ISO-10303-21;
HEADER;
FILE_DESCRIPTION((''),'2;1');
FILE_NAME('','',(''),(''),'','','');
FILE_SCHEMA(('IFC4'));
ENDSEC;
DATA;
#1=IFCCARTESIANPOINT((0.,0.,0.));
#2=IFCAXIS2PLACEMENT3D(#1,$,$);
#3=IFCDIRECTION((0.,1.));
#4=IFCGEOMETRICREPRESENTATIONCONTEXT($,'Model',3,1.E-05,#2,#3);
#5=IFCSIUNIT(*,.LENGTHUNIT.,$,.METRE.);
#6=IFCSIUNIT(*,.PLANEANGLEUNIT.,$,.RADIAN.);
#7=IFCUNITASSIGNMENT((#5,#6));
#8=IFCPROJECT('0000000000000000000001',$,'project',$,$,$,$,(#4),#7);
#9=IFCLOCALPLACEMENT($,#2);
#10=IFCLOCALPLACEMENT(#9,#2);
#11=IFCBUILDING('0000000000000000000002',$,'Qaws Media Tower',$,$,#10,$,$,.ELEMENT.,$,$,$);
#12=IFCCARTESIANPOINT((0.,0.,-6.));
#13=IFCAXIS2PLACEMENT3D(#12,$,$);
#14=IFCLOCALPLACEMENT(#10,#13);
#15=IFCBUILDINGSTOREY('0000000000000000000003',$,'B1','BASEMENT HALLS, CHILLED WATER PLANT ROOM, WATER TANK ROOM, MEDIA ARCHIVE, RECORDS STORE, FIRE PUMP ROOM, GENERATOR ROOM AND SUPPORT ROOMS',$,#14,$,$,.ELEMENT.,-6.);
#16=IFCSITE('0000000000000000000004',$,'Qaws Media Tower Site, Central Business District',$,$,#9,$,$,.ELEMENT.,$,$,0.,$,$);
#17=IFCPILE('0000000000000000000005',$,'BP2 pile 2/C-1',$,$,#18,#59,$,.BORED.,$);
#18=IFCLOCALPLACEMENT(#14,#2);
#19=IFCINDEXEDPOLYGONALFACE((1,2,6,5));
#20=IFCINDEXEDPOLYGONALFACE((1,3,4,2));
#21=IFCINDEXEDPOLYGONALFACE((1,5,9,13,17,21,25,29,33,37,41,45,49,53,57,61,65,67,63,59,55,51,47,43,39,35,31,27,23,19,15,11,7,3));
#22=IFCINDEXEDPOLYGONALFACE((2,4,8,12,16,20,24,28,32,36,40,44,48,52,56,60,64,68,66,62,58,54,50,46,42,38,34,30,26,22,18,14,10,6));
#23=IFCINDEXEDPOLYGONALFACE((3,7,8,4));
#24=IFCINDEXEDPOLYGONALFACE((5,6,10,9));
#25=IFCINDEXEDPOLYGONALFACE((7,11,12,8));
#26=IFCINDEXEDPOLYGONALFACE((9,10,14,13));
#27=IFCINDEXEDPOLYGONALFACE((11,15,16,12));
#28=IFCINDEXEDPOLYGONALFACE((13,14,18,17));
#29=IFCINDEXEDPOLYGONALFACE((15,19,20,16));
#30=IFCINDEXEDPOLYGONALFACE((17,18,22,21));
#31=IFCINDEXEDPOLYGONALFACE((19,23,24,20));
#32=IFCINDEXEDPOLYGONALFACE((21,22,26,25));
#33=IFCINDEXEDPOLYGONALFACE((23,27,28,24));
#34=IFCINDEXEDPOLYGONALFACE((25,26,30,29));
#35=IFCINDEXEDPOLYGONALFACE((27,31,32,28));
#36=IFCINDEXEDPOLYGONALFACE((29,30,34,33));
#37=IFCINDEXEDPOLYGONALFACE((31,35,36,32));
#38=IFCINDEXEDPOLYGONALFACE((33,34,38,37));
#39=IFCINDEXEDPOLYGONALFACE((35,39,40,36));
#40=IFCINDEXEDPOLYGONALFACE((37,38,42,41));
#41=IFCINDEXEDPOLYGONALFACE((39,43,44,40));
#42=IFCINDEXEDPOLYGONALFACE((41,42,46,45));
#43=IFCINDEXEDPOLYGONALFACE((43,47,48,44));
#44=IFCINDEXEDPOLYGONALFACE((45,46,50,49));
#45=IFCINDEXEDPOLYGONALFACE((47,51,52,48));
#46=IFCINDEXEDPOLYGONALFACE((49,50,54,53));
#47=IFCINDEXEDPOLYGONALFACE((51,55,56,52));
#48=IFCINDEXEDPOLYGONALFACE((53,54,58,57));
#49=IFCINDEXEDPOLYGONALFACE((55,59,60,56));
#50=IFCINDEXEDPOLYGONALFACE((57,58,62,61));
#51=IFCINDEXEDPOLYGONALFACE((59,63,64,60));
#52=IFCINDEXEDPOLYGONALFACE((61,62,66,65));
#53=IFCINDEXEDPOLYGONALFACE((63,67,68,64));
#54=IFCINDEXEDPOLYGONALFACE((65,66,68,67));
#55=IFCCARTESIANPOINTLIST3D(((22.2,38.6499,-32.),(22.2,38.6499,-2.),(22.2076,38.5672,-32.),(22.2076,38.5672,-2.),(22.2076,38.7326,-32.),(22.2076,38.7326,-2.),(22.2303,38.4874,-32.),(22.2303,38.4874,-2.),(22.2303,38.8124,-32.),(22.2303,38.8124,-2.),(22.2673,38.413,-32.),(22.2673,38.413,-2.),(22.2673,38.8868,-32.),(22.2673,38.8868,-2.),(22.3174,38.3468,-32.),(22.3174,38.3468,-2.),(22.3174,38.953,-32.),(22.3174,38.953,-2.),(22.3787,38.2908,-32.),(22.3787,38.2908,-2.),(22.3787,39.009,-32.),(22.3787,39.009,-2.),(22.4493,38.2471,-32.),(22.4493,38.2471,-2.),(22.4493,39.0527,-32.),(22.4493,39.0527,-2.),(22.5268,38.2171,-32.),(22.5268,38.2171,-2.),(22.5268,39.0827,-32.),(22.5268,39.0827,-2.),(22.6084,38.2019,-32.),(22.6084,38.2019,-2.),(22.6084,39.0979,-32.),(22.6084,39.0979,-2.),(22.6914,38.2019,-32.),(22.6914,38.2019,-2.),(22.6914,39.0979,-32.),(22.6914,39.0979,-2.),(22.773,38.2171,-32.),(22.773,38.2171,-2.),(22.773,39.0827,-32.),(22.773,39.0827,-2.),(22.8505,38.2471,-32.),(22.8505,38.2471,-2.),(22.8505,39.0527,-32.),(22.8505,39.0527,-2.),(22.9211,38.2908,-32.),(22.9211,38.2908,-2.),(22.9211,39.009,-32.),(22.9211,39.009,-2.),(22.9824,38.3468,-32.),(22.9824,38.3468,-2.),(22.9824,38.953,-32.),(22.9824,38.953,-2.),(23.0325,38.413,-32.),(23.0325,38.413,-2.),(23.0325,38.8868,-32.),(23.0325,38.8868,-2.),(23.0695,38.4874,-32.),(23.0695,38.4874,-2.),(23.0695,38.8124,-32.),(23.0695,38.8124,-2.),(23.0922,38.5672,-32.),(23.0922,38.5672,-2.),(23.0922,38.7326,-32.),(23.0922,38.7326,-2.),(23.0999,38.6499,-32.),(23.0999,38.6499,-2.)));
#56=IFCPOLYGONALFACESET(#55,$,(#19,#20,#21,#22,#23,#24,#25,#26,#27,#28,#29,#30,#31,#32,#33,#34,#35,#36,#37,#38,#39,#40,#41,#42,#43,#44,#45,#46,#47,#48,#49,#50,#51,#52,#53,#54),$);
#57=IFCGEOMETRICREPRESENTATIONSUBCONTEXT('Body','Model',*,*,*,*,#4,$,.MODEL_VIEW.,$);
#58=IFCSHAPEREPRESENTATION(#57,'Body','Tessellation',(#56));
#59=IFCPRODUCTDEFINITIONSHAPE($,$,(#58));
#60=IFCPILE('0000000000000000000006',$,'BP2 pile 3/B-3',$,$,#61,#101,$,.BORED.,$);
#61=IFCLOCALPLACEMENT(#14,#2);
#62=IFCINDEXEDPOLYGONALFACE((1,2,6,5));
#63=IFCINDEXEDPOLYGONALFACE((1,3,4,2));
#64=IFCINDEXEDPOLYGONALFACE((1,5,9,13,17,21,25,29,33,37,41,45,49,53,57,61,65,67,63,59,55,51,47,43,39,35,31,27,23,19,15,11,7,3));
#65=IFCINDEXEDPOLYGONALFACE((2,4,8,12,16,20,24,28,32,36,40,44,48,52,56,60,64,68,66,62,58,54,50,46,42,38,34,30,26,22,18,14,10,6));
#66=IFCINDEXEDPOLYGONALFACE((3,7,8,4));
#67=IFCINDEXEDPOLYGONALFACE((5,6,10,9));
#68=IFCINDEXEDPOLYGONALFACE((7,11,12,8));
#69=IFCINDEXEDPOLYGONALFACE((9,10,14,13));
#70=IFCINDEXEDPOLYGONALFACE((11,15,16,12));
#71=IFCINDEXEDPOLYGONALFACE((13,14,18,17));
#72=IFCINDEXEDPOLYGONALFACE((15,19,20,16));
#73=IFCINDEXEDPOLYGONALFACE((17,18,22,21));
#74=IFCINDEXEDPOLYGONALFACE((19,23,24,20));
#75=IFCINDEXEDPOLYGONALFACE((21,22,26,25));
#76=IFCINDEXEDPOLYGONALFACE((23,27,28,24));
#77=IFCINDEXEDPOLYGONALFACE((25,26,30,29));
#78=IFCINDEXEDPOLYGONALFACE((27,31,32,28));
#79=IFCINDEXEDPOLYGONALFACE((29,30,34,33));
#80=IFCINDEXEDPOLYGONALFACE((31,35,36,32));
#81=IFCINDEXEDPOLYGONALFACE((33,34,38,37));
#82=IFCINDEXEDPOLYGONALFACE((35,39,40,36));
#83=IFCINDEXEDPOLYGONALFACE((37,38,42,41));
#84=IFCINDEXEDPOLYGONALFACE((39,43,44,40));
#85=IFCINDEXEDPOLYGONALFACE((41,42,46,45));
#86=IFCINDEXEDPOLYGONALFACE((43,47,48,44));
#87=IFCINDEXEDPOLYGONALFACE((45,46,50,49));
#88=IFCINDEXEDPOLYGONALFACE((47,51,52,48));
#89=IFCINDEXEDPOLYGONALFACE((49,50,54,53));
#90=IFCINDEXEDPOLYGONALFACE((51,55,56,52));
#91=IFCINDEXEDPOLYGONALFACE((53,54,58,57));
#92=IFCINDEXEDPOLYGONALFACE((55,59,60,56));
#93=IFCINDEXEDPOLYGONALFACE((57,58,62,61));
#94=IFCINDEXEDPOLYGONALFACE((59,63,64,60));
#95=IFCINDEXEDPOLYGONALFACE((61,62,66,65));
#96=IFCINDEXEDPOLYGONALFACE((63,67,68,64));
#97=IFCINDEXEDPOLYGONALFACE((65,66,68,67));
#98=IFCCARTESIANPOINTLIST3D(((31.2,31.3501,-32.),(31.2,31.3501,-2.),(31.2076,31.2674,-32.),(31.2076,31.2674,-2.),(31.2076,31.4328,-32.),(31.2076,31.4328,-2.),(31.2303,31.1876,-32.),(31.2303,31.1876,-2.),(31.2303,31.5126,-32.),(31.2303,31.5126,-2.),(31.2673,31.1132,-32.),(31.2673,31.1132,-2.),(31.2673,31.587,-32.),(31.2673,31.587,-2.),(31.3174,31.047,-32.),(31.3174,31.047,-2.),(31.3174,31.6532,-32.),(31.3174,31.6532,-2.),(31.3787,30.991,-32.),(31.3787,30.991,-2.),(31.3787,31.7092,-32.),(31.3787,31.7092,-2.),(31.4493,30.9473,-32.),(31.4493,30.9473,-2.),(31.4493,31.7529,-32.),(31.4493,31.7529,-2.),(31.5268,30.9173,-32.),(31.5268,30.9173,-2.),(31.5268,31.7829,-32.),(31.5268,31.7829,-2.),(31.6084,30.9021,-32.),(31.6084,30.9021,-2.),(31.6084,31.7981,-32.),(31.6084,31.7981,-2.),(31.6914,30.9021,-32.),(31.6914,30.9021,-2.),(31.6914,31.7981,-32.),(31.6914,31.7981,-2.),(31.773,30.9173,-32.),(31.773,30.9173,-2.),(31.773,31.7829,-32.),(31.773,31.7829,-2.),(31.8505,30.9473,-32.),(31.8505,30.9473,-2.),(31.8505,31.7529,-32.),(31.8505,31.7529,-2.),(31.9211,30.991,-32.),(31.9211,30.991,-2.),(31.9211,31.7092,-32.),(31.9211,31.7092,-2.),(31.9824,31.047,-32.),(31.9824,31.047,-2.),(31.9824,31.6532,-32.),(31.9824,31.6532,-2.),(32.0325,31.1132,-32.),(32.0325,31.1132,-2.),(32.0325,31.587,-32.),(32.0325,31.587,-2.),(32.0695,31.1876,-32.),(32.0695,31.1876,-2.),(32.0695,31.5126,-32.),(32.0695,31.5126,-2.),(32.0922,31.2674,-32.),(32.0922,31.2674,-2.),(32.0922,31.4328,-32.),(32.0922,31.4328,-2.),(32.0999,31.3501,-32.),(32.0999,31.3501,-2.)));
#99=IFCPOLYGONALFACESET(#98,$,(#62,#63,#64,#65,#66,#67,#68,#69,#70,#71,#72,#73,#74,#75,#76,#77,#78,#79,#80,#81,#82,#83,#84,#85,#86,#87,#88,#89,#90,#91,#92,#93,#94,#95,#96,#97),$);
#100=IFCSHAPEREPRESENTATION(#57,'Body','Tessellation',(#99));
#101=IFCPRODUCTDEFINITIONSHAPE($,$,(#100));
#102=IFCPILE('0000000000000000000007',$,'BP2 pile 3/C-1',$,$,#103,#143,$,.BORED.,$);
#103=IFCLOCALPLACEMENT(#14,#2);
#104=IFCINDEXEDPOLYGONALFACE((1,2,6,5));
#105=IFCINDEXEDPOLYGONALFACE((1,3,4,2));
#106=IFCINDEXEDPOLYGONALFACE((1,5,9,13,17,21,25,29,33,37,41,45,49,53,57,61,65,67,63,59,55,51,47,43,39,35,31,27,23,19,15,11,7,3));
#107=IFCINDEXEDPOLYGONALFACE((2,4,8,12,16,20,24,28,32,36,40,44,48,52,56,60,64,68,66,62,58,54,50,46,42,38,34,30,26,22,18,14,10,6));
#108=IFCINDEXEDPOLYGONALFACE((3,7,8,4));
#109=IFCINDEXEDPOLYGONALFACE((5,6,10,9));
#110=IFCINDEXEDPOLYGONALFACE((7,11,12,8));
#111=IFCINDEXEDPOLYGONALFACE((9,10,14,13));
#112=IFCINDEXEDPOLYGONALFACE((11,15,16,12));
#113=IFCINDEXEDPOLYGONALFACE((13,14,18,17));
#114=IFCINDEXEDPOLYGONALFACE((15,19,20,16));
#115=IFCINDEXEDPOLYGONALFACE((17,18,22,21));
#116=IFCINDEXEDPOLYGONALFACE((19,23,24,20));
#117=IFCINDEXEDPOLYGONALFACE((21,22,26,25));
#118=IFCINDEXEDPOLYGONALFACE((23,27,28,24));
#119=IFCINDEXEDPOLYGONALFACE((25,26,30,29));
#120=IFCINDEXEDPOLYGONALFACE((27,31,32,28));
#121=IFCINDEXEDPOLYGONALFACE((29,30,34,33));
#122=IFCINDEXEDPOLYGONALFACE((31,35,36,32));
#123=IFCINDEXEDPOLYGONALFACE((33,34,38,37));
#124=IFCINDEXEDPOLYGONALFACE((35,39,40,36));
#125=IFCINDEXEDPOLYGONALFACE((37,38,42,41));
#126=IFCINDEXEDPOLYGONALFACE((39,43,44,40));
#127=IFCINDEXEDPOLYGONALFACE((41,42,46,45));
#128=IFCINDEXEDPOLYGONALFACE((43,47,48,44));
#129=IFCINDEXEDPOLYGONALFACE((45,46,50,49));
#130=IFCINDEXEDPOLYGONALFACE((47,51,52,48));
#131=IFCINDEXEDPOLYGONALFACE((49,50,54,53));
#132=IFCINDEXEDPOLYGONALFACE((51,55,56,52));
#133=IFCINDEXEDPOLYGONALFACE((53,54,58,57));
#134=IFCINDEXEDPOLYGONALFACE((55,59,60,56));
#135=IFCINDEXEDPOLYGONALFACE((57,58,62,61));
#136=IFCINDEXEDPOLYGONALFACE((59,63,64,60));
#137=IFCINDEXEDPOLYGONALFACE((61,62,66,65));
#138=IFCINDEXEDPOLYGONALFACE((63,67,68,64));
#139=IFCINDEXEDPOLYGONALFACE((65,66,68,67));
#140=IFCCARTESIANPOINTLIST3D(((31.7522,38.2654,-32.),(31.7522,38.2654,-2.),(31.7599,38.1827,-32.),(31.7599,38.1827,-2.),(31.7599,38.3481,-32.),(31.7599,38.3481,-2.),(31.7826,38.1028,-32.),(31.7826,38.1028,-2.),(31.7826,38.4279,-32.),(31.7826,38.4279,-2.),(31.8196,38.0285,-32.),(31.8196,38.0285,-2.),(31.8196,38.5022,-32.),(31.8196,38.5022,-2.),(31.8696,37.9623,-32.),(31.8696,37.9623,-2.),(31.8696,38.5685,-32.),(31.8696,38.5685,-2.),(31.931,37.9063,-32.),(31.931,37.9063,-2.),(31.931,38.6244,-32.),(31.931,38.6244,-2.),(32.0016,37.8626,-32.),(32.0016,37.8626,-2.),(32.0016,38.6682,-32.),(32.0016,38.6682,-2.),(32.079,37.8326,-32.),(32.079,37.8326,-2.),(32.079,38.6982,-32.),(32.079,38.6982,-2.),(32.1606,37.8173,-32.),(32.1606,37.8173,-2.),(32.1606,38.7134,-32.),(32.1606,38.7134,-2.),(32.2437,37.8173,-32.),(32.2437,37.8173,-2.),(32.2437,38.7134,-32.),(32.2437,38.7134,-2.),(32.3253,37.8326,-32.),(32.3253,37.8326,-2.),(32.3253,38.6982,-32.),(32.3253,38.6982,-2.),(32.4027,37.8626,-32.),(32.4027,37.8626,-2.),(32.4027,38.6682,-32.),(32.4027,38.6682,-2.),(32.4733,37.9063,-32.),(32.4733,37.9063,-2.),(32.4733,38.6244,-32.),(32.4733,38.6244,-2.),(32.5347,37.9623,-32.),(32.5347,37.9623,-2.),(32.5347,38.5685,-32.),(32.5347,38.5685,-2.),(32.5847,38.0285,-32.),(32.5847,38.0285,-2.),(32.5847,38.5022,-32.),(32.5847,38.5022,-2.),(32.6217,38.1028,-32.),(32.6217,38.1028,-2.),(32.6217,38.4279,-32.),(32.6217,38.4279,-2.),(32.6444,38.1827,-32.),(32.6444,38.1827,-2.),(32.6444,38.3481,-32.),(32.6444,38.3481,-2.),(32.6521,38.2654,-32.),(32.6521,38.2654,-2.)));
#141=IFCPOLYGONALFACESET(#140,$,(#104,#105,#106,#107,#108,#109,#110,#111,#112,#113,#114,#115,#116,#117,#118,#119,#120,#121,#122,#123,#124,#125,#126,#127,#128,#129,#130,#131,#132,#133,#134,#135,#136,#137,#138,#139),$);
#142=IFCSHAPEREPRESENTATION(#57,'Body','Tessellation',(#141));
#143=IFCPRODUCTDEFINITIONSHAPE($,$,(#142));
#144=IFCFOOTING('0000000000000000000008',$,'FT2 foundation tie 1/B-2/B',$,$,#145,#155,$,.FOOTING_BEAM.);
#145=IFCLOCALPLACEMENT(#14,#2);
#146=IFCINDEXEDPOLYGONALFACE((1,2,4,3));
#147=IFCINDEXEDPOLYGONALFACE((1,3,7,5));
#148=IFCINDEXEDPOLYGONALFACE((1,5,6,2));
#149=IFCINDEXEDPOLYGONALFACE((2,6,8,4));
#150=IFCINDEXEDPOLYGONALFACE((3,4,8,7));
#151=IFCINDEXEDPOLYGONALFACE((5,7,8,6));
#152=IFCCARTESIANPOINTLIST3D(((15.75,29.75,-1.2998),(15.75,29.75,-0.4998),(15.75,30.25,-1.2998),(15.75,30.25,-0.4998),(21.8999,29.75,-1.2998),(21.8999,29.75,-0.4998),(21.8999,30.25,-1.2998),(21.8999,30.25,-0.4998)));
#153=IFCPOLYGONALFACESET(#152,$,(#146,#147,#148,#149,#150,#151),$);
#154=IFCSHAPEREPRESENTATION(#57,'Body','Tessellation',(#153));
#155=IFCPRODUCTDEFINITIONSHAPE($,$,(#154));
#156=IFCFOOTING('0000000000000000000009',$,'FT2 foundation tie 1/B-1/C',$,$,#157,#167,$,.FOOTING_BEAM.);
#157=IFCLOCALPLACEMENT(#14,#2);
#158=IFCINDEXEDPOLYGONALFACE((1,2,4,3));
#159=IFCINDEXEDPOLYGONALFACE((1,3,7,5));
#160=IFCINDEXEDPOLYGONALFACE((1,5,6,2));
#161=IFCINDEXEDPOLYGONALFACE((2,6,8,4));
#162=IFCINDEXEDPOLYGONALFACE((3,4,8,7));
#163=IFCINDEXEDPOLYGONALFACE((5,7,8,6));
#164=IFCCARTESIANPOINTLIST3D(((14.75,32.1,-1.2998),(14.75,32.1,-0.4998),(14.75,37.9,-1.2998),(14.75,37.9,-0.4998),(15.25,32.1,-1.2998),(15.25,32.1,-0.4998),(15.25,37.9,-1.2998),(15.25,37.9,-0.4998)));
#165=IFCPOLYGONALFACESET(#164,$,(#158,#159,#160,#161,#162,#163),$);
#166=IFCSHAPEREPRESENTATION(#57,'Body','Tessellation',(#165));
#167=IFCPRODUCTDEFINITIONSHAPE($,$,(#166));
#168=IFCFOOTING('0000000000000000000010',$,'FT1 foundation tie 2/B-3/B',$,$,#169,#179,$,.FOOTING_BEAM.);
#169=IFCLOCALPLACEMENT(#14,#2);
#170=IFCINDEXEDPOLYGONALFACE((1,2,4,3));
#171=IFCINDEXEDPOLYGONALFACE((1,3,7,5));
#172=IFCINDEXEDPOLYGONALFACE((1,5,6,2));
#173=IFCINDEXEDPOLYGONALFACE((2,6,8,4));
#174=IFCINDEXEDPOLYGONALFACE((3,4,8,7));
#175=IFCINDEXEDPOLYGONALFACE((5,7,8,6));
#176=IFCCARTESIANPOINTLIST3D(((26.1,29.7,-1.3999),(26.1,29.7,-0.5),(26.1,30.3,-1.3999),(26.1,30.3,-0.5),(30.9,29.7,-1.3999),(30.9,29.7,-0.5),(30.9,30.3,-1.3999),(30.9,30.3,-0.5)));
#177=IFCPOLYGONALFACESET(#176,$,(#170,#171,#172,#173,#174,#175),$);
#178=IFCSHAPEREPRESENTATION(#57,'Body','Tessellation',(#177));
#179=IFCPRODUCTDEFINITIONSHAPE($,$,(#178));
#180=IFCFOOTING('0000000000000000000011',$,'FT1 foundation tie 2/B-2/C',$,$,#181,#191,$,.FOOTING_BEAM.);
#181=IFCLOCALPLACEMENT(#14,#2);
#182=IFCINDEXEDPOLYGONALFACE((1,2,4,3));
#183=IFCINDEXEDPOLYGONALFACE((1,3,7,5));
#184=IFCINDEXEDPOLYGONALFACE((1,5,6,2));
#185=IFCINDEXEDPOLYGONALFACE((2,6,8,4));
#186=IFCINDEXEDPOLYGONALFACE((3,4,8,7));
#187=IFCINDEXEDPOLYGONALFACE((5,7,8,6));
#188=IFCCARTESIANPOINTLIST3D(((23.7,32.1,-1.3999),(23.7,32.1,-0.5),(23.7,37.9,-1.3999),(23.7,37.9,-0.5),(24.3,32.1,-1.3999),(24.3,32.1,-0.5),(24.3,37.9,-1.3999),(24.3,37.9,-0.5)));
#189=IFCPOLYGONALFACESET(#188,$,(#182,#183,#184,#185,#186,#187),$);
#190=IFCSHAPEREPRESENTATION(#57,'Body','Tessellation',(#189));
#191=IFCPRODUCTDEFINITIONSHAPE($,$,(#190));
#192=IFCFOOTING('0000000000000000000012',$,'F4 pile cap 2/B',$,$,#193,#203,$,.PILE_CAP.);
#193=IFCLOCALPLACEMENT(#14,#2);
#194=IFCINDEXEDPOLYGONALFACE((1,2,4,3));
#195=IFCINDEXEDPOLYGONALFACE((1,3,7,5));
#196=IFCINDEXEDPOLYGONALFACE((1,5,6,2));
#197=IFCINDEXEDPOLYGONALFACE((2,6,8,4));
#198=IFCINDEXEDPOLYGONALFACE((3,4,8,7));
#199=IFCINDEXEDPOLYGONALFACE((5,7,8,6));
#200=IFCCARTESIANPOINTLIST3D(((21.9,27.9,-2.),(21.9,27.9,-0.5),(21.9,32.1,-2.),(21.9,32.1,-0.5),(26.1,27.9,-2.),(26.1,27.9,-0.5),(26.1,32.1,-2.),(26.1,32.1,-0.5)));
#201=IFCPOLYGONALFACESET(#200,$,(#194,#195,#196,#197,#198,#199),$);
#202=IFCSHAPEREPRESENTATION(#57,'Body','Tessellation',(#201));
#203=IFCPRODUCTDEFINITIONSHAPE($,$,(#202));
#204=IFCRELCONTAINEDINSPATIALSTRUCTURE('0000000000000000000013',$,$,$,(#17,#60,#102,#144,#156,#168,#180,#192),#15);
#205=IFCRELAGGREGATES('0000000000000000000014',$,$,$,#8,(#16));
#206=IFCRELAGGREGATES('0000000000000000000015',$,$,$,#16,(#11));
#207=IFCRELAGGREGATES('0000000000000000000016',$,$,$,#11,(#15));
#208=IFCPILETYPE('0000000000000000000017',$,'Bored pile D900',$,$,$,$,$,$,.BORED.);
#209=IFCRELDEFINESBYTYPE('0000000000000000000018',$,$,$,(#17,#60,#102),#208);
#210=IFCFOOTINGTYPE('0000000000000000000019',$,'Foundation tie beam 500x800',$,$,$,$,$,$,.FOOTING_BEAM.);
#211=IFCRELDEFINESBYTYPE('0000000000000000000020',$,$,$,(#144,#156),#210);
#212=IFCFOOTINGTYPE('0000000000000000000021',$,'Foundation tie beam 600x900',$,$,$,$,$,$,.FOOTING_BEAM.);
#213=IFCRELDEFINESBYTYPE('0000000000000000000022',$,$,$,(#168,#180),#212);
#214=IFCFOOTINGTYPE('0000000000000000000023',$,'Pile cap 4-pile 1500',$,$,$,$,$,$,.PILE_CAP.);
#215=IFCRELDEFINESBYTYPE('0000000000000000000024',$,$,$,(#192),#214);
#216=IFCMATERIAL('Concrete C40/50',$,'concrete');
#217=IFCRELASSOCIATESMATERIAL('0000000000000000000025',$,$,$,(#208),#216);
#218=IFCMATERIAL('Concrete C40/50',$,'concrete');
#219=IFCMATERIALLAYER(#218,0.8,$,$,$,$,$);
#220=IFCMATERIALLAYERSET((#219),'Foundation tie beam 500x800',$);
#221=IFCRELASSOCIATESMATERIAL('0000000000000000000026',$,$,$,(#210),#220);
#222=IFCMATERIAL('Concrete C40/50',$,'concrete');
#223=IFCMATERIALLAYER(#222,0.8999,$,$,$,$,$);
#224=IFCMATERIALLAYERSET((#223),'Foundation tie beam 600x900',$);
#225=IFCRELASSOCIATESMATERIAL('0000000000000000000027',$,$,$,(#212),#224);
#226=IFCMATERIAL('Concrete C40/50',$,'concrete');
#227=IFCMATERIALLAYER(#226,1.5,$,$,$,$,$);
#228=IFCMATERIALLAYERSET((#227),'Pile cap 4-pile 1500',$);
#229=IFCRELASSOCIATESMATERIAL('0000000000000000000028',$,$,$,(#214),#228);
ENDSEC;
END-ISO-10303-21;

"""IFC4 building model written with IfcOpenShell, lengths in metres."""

from ifc_helpers import new_model, si_unit, direction, frame, origin, origin_2d, place, context, subcontext, project, spatial, rectangle, circle, extrude, material, layer, layer_set, material_profile, profile_set, type_object, element, save


model = new_model("IFC4")

# Units and contexts
model_context = context("Model", 3, precision=1e-05, world=origin(), true_north=direction((0.0, 1.0)))
body_context = subcontext(model_context, "Body", "Model", "MODEL_VIEW")
ifc_project = project(units=[si_unit("LENGTHUNIT", "METRE"), si_unit("PLANEANGLEUNIT", "RADIAN")], contexts=[model_context])

# Site, building, storey
site_placement = place(None, origin())
site = spatial("IfcSite", under=ifc_project, at=site_placement, Name="Qaws Media Tower Site, Central Business District", CompositionType="ELEMENT", RefElevation=0.0)
building_placement = place(site_placement, origin())
building = spatial("IfcBuilding", under=site, at=building_placement, Name="Qaws Media Tower", CompositionType="ELEMENT")
storey_placement = place(building_placement, frame((0.0, 0.0, -6.0)))
storey = spatial("IfcBuildingStorey", under=building, at=storey_placement, Name="B1", Description="BASEMENT HALLS, CHILLED WATER PLANT ROOM, WATER TANK ROOM, MEDIA ARCHIVE, RECORDS STORE, FIRE PUMP ROOM, GENERATOR ROOM AND SUPPORT ROOMS", CompositionType="ELEMENT", Elevation=-6.0)

# Piles
ifc_material_1 = material(Name="Concrete C40/50", Category="concrete")
ifc_material_profile_1 = material_profile(ifc_material_1, circle(Radius=0.45, at=origin_2d()), Name="D900")
ifc_profile_set_1 = profile_set([ifc_material_profile_1], Name="Concrete C40/50")
pile_type = type_object("IfcPileType", Name="Bored pile D900", PredefinedType="BORED", material=ifc_profile_set_1)
for number, where, z_axis, x_axis, name in (
    (1, (22.6499, 38.6499, -2.0), (0.0, 0.0, -1.0), (1.0, 0.0, 0.0), "BP2 pile 2/C-1"),
    (2, (31.6499, 31.3501, -2.0), (0.0, 0.0, -1.0), (1.0, 0.0, 0.0), "BP2 pile 3/B-3"),
    (3, (32.2021, 38.2654, -2.0), (0.0, 0.0, -1.0), (1.0, 0.0, 0.0), "BP2 pile 3/C-1"),
):
    element("IfcPile", number, at=place(storey_placement, frame(where, z_axis=z_axis, x_axis=x_axis)), inside=storey, type_object=pile_type, Name=name, PredefinedType="BORED", context=body_context, shape_type="SweptSolid", body=[
        extrude(circle(Radius=0.45, at=origin_2d()), origin(), (0.0, 0.0, 1.0), 30.0),
    ])

# Footings
ifc_material_2 = material(Name="Concrete C40/50", Category="concrete")
ifc_layer_1 = layer(ifc_material_2, 0.8)
ifc_layer_set_1 = layer_set([ifc_layer_1], Name="Foundation tie beam 500x800")
footing_type_1 = type_object("IfcFootingType", Name="Foundation tie beam 500x800", PredefinedType="FOOTING_BEAM", material=ifc_layer_set_1)
footing_1_placement = place(storey_placement, frame((18.825, 30.0, -1.2998), z_axis=(0.0, 0.0, 1.0), x_axis=(1.0, 0.0, 0.0)))
element("IfcFooting", 4, at=footing_1_placement, inside=storey, type_object=footing_type_1, Name="FT2 foundation tie 1/B-2/B", PredefinedType="FOOTING_BEAM", context=body_context, shape_type="SweptSolid", body=[
    extrude(rectangle(XDim=6.1499, YDim=0.5, at=origin_2d()), origin(), (0.0, 0.0, 1.0), 0.8),
])
footing_2_placement = place(storey_placement, frame((15.0, 35.0, -1.2998), z_axis=(0.0, 0.0, 1.0), x_axis=(1.0, 0.0, 0.0)))
element("IfcFooting", 5, at=footing_2_placement, inside=storey, type_object=footing_type_1, Name="FT2 foundation tie 1/B-1/C", PredefinedType="FOOTING_BEAM", context=body_context, shape_type="SweptSolid", body=[
    extrude(rectangle(XDim=0.5, YDim=5.8, at=origin_2d()), origin(), (0.0, 0.0, 1.0), 0.8),
])
ifc_material_3 = material(Name="Concrete C40/50", Category="concrete")
ifc_layer_2 = layer(ifc_material_3, 0.8999)
ifc_layer_set_2 = layer_set([ifc_layer_2], Name="Foundation tie beam 600x900")
footing_type_2 = type_object("IfcFootingType", Name="Foundation tie beam 600x900", PredefinedType="FOOTING_BEAM", material=ifc_layer_set_2)
footing_3_placement = place(storey_placement, frame((28.5, 30.0, -1.3999), z_axis=(0.0, 0.0, 1.0), x_axis=(1.0, 0.0, 0.0)))
element("IfcFooting", 6, at=footing_3_placement, inside=storey, type_object=footing_type_2, Name="FT1 foundation tie 2/B-3/B", PredefinedType="FOOTING_BEAM", context=body_context, shape_type="SweptSolid", body=[
    extrude(rectangle(XDim=4.8, YDim=0.6001, at=origin_2d()), origin(), (0.0, 0.0, 1.0), 0.8999),
])
footing_4_placement = place(storey_placement, frame((24.0, 35.0, -1.3999), z_axis=(0.0, 0.0, 1.0), x_axis=(1.0, 0.0, 0.0)))
element("IfcFooting", 7, at=footing_4_placement, inside=storey, type_object=footing_type_2, Name="FT1 foundation tie 2/B-2/C", PredefinedType="FOOTING_BEAM", context=body_context, shape_type="SweptSolid", body=[
    extrude(rectangle(XDim=0.6001, YDim=5.8, at=origin_2d()), origin(), (0.0, 0.0, 1.0), 0.8999),
])
ifc_material_4 = material(Name="Concrete C40/50", Category="concrete")
ifc_layer_3 = layer(ifc_material_4, 1.5)
ifc_layer_set_3 = layer_set([ifc_layer_3], Name="Pile cap 4-pile 1500")
footing_type_3 = type_object("IfcFootingType", Name="Pile cap 4-pile 1500", PredefinedType="PILE_CAP", material=ifc_layer_set_3)
footing_5_placement = place(storey_placement, frame((24.0, 30.0, -2.0), z_axis=(0.0, 0.0, 1.0), x_axis=(1.0, 0.0, 0.0)))
element("IfcFooting", 8, at=footing_5_placement, inside=storey, type_object=footing_type_3, Name="F4 pile cap 2/B", PredefinedType="PILE_CAP", context=body_context, shape_type="SweptSolid", body=[
    extrude(rectangle(XDim=4.2, YDim=4.2, at=origin_2d()), origin(), (0.0, 0.0, 1.0), 1.5),
])

save(model, "model.ifc")
